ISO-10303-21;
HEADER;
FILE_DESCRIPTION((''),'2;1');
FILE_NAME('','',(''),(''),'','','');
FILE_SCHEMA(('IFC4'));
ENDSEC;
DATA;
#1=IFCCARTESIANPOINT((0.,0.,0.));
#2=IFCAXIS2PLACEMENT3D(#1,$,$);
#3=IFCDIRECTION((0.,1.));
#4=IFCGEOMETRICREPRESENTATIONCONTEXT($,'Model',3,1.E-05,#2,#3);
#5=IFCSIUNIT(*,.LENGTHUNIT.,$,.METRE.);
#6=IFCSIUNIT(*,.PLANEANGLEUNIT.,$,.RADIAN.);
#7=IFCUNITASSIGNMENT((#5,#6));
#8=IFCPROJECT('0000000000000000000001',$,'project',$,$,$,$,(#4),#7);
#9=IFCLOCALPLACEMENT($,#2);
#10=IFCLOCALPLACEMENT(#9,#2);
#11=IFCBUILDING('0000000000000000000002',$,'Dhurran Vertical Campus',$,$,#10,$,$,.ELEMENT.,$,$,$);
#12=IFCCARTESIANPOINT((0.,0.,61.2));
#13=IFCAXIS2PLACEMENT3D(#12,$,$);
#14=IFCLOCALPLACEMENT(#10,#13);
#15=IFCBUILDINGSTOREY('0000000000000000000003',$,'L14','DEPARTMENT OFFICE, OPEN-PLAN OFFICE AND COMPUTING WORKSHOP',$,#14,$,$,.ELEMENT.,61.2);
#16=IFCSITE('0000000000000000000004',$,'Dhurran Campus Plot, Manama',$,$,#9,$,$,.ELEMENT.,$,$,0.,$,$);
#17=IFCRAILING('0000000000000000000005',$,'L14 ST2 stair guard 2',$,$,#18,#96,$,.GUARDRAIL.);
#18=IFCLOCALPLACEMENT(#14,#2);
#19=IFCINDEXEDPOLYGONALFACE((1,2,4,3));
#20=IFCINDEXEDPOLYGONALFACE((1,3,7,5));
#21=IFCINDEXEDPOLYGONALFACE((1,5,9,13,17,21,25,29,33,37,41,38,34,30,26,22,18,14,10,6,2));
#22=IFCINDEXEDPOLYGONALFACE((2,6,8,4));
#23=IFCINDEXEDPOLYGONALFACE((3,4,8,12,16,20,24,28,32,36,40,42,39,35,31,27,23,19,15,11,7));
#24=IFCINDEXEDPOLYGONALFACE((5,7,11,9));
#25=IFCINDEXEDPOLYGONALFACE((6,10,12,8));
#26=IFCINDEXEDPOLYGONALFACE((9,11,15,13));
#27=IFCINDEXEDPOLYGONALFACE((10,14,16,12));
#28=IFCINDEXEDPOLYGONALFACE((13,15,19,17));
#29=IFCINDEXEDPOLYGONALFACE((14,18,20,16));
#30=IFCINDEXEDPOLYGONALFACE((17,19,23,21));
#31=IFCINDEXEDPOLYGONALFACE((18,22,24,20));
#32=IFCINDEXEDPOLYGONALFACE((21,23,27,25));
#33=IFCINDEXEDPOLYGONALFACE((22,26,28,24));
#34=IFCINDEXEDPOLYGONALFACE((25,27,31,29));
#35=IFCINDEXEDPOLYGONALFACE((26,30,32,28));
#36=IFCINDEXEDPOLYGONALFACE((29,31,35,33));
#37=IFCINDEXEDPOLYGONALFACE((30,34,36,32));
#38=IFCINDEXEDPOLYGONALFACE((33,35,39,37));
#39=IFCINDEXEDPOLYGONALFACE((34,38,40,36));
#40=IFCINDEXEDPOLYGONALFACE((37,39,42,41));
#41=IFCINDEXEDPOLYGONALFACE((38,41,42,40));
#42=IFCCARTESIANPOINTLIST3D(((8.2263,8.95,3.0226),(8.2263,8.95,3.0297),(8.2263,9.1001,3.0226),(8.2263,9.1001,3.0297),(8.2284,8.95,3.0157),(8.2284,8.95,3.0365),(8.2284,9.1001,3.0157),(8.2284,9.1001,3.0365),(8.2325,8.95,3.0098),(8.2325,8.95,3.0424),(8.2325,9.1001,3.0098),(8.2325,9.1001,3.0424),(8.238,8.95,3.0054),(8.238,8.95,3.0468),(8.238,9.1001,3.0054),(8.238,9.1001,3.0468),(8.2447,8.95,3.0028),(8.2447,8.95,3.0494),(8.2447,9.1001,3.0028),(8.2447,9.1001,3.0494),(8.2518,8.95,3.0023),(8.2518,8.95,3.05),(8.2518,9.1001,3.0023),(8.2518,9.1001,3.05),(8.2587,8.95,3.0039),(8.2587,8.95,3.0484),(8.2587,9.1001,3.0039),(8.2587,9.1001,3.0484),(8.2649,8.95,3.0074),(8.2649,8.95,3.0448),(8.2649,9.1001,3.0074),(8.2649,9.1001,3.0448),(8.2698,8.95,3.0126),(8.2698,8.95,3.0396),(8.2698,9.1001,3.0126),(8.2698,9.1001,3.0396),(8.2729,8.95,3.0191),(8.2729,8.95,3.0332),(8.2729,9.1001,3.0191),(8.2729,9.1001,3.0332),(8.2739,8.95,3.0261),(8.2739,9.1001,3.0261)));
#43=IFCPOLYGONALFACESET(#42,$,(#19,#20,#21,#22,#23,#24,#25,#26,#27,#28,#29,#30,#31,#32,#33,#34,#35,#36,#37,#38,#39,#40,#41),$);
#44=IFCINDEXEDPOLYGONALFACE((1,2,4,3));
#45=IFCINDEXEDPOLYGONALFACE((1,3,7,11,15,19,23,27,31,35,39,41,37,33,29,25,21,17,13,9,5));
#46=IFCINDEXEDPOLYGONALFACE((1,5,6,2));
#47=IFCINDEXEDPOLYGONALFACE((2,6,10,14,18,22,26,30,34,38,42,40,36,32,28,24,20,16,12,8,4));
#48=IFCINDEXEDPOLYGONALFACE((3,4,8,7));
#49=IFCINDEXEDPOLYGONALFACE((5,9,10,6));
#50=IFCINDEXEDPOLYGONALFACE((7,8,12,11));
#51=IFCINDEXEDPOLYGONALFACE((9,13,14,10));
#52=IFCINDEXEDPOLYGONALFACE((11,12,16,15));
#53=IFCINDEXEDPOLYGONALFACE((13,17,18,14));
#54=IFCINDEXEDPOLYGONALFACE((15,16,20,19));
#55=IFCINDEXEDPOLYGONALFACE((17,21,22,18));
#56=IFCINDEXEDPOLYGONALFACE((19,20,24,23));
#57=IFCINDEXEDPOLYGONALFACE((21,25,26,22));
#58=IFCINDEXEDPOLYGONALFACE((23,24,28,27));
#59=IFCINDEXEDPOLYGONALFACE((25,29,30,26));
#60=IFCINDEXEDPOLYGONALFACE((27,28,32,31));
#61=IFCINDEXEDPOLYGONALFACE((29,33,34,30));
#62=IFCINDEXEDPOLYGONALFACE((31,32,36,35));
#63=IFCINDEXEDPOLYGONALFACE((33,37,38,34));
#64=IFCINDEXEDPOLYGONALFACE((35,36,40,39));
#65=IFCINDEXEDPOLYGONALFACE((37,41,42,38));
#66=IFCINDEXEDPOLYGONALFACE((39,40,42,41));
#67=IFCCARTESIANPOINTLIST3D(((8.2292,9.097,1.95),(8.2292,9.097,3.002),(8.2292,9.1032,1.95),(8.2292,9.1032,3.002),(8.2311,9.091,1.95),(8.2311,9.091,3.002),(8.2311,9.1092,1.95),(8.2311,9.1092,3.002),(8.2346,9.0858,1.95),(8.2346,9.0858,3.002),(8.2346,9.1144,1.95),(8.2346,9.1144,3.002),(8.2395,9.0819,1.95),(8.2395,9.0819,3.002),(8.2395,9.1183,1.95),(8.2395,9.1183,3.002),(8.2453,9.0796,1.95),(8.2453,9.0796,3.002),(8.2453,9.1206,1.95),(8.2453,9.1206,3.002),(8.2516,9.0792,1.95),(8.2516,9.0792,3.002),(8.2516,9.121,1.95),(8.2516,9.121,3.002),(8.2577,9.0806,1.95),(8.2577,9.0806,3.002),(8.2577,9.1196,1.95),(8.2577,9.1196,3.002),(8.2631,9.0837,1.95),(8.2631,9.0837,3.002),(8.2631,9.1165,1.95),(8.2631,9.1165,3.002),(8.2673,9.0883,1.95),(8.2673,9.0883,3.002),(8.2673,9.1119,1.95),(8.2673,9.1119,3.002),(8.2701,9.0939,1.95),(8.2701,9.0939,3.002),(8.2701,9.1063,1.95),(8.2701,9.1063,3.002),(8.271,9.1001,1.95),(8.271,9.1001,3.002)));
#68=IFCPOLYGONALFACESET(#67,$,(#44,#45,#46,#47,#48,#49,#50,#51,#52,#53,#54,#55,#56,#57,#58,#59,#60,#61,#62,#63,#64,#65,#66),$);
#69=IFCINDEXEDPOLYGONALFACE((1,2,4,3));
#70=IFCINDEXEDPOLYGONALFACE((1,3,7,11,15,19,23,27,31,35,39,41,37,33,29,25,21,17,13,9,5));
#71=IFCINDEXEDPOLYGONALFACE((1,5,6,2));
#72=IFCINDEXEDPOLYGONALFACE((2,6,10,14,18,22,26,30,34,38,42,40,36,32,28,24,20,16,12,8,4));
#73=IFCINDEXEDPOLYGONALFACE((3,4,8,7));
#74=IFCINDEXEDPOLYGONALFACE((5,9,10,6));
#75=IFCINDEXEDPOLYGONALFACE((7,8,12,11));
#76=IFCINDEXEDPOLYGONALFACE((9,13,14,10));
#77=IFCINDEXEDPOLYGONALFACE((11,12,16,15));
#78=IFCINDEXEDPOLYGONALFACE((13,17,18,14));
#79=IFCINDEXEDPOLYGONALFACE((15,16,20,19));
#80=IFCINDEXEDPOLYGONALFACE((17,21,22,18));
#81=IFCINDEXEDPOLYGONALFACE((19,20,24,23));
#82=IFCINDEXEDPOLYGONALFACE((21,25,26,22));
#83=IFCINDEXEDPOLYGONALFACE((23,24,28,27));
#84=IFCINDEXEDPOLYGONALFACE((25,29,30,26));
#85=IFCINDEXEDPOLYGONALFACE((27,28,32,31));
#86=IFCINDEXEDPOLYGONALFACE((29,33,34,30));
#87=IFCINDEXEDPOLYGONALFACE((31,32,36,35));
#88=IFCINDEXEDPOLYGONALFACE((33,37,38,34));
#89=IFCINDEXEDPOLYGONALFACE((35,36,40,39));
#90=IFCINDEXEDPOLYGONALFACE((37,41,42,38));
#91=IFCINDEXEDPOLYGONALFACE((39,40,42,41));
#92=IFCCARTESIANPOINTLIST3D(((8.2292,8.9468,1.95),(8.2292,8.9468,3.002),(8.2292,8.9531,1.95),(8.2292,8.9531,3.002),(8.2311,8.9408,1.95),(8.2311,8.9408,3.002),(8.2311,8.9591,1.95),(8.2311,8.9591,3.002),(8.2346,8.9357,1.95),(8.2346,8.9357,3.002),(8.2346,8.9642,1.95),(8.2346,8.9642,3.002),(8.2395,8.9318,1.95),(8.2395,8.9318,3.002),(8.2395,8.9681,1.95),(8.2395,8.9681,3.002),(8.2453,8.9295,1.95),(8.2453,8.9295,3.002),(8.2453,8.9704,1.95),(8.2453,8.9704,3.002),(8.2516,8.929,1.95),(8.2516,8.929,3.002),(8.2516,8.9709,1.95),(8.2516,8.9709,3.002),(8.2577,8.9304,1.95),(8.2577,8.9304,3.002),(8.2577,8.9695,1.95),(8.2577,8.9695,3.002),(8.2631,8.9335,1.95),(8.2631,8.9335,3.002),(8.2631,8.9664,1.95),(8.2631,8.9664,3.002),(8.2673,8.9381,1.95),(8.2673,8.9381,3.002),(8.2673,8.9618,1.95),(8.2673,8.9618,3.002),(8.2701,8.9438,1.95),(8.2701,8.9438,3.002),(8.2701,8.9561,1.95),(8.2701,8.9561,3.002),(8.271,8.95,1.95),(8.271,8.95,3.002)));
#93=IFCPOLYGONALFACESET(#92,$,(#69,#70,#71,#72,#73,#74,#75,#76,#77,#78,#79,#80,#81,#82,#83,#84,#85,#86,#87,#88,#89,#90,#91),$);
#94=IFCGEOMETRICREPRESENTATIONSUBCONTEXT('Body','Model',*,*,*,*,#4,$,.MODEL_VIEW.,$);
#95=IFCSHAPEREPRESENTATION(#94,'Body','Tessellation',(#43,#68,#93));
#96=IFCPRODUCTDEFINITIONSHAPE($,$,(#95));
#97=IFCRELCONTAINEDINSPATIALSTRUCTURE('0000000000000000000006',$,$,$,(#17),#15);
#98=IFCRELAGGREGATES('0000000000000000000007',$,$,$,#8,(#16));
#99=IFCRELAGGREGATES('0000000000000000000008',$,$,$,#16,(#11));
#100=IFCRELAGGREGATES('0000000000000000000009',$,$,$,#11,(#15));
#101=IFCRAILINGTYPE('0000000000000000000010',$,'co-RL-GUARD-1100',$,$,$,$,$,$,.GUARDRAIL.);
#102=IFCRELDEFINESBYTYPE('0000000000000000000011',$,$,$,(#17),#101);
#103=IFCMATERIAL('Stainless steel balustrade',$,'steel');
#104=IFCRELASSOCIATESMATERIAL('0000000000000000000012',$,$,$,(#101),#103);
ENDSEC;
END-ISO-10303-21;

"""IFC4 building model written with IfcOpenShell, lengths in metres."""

from ifc_helpers import new_model, si_unit, direction, frame, origin, origin_2d, place, context, subcontext, project, spatial, circle, extrude, material, type_object, element, save


model = new_model("IFC4")

# Units and contexts
model_context = context("Model", 3, precision=1e-05, world=origin(), true_north=direction((0.0, 1.0)))
body_context = subcontext(model_context, "Body", "Model", "MODEL_VIEW")
ifc_project = project(units=[si_unit("LENGTHUNIT", "METRE"), si_unit("PLANEANGLEUNIT", "RADIAN")], contexts=[model_context])

# Site, building, storey
site_placement = place(None, origin())
site = spatial("IfcSite", under=ifc_project, at=site_placement, Name="Dhurran Campus Plot, Manama", CompositionType="ELEMENT", RefElevation=0.0)
building_placement = place(site_placement, origin())
building = spatial("IfcBuilding", under=site, at=building_placement, Name="Dhurran Vertical Campus", CompositionType="ELEMENT")
storey_placement = place(building_placement, frame((0.0, 0.0, 61.2)))
storey = spatial("IfcBuildingStorey", under=building, at=storey_placement, Name="L14", Description="DEPARTMENT OFFICE, OPEN-PLAN OFFICE AND COMPUTING WORKSHOP", CompositionType="ELEMENT", Elevation=61.2)

# Railing
ifc_material_1 = material(Name="Stainless steel balustrade", Category="steel")
railing_type_1 = type_object("IfcRailingType", Name="co-RL-GUARD-1100", PredefinedType="GUARDRAIL", material=ifc_material_1)
railing_1_placement = place(storey_placement, frame((8.25, 9.1001, 1.95)))
element("IfcRailing", 1, at=railing_1_placement, inside=storey, type_object=railing_type_1, Name="L14 ST2 stair guard 2", PredefinedType="GUARDRAIL", context=body_context, shape_type="SweptSolid", body=[
    extrude(circle(Radius=0.0239, at=origin_2d()), frame((0.0, 0.0, 1.0762), z_axis=(0.0, -1.0, 0.0), x_axis=(1.0, 0.0, 0.0)), (0.0, 0.0, 1.0), 0.1501),
    extrude(circle(Radius=0.021, at=origin_2d()), origin(), (0.0, 0.0, 1.0), 1.052),
    extrude(circle(Radius=0.021, at=origin_2d()), frame((0.0, -0.1501, 0.0)), (0.0, 0.0, 1.0), 1.052),
])

save(model, "model.ifc")
